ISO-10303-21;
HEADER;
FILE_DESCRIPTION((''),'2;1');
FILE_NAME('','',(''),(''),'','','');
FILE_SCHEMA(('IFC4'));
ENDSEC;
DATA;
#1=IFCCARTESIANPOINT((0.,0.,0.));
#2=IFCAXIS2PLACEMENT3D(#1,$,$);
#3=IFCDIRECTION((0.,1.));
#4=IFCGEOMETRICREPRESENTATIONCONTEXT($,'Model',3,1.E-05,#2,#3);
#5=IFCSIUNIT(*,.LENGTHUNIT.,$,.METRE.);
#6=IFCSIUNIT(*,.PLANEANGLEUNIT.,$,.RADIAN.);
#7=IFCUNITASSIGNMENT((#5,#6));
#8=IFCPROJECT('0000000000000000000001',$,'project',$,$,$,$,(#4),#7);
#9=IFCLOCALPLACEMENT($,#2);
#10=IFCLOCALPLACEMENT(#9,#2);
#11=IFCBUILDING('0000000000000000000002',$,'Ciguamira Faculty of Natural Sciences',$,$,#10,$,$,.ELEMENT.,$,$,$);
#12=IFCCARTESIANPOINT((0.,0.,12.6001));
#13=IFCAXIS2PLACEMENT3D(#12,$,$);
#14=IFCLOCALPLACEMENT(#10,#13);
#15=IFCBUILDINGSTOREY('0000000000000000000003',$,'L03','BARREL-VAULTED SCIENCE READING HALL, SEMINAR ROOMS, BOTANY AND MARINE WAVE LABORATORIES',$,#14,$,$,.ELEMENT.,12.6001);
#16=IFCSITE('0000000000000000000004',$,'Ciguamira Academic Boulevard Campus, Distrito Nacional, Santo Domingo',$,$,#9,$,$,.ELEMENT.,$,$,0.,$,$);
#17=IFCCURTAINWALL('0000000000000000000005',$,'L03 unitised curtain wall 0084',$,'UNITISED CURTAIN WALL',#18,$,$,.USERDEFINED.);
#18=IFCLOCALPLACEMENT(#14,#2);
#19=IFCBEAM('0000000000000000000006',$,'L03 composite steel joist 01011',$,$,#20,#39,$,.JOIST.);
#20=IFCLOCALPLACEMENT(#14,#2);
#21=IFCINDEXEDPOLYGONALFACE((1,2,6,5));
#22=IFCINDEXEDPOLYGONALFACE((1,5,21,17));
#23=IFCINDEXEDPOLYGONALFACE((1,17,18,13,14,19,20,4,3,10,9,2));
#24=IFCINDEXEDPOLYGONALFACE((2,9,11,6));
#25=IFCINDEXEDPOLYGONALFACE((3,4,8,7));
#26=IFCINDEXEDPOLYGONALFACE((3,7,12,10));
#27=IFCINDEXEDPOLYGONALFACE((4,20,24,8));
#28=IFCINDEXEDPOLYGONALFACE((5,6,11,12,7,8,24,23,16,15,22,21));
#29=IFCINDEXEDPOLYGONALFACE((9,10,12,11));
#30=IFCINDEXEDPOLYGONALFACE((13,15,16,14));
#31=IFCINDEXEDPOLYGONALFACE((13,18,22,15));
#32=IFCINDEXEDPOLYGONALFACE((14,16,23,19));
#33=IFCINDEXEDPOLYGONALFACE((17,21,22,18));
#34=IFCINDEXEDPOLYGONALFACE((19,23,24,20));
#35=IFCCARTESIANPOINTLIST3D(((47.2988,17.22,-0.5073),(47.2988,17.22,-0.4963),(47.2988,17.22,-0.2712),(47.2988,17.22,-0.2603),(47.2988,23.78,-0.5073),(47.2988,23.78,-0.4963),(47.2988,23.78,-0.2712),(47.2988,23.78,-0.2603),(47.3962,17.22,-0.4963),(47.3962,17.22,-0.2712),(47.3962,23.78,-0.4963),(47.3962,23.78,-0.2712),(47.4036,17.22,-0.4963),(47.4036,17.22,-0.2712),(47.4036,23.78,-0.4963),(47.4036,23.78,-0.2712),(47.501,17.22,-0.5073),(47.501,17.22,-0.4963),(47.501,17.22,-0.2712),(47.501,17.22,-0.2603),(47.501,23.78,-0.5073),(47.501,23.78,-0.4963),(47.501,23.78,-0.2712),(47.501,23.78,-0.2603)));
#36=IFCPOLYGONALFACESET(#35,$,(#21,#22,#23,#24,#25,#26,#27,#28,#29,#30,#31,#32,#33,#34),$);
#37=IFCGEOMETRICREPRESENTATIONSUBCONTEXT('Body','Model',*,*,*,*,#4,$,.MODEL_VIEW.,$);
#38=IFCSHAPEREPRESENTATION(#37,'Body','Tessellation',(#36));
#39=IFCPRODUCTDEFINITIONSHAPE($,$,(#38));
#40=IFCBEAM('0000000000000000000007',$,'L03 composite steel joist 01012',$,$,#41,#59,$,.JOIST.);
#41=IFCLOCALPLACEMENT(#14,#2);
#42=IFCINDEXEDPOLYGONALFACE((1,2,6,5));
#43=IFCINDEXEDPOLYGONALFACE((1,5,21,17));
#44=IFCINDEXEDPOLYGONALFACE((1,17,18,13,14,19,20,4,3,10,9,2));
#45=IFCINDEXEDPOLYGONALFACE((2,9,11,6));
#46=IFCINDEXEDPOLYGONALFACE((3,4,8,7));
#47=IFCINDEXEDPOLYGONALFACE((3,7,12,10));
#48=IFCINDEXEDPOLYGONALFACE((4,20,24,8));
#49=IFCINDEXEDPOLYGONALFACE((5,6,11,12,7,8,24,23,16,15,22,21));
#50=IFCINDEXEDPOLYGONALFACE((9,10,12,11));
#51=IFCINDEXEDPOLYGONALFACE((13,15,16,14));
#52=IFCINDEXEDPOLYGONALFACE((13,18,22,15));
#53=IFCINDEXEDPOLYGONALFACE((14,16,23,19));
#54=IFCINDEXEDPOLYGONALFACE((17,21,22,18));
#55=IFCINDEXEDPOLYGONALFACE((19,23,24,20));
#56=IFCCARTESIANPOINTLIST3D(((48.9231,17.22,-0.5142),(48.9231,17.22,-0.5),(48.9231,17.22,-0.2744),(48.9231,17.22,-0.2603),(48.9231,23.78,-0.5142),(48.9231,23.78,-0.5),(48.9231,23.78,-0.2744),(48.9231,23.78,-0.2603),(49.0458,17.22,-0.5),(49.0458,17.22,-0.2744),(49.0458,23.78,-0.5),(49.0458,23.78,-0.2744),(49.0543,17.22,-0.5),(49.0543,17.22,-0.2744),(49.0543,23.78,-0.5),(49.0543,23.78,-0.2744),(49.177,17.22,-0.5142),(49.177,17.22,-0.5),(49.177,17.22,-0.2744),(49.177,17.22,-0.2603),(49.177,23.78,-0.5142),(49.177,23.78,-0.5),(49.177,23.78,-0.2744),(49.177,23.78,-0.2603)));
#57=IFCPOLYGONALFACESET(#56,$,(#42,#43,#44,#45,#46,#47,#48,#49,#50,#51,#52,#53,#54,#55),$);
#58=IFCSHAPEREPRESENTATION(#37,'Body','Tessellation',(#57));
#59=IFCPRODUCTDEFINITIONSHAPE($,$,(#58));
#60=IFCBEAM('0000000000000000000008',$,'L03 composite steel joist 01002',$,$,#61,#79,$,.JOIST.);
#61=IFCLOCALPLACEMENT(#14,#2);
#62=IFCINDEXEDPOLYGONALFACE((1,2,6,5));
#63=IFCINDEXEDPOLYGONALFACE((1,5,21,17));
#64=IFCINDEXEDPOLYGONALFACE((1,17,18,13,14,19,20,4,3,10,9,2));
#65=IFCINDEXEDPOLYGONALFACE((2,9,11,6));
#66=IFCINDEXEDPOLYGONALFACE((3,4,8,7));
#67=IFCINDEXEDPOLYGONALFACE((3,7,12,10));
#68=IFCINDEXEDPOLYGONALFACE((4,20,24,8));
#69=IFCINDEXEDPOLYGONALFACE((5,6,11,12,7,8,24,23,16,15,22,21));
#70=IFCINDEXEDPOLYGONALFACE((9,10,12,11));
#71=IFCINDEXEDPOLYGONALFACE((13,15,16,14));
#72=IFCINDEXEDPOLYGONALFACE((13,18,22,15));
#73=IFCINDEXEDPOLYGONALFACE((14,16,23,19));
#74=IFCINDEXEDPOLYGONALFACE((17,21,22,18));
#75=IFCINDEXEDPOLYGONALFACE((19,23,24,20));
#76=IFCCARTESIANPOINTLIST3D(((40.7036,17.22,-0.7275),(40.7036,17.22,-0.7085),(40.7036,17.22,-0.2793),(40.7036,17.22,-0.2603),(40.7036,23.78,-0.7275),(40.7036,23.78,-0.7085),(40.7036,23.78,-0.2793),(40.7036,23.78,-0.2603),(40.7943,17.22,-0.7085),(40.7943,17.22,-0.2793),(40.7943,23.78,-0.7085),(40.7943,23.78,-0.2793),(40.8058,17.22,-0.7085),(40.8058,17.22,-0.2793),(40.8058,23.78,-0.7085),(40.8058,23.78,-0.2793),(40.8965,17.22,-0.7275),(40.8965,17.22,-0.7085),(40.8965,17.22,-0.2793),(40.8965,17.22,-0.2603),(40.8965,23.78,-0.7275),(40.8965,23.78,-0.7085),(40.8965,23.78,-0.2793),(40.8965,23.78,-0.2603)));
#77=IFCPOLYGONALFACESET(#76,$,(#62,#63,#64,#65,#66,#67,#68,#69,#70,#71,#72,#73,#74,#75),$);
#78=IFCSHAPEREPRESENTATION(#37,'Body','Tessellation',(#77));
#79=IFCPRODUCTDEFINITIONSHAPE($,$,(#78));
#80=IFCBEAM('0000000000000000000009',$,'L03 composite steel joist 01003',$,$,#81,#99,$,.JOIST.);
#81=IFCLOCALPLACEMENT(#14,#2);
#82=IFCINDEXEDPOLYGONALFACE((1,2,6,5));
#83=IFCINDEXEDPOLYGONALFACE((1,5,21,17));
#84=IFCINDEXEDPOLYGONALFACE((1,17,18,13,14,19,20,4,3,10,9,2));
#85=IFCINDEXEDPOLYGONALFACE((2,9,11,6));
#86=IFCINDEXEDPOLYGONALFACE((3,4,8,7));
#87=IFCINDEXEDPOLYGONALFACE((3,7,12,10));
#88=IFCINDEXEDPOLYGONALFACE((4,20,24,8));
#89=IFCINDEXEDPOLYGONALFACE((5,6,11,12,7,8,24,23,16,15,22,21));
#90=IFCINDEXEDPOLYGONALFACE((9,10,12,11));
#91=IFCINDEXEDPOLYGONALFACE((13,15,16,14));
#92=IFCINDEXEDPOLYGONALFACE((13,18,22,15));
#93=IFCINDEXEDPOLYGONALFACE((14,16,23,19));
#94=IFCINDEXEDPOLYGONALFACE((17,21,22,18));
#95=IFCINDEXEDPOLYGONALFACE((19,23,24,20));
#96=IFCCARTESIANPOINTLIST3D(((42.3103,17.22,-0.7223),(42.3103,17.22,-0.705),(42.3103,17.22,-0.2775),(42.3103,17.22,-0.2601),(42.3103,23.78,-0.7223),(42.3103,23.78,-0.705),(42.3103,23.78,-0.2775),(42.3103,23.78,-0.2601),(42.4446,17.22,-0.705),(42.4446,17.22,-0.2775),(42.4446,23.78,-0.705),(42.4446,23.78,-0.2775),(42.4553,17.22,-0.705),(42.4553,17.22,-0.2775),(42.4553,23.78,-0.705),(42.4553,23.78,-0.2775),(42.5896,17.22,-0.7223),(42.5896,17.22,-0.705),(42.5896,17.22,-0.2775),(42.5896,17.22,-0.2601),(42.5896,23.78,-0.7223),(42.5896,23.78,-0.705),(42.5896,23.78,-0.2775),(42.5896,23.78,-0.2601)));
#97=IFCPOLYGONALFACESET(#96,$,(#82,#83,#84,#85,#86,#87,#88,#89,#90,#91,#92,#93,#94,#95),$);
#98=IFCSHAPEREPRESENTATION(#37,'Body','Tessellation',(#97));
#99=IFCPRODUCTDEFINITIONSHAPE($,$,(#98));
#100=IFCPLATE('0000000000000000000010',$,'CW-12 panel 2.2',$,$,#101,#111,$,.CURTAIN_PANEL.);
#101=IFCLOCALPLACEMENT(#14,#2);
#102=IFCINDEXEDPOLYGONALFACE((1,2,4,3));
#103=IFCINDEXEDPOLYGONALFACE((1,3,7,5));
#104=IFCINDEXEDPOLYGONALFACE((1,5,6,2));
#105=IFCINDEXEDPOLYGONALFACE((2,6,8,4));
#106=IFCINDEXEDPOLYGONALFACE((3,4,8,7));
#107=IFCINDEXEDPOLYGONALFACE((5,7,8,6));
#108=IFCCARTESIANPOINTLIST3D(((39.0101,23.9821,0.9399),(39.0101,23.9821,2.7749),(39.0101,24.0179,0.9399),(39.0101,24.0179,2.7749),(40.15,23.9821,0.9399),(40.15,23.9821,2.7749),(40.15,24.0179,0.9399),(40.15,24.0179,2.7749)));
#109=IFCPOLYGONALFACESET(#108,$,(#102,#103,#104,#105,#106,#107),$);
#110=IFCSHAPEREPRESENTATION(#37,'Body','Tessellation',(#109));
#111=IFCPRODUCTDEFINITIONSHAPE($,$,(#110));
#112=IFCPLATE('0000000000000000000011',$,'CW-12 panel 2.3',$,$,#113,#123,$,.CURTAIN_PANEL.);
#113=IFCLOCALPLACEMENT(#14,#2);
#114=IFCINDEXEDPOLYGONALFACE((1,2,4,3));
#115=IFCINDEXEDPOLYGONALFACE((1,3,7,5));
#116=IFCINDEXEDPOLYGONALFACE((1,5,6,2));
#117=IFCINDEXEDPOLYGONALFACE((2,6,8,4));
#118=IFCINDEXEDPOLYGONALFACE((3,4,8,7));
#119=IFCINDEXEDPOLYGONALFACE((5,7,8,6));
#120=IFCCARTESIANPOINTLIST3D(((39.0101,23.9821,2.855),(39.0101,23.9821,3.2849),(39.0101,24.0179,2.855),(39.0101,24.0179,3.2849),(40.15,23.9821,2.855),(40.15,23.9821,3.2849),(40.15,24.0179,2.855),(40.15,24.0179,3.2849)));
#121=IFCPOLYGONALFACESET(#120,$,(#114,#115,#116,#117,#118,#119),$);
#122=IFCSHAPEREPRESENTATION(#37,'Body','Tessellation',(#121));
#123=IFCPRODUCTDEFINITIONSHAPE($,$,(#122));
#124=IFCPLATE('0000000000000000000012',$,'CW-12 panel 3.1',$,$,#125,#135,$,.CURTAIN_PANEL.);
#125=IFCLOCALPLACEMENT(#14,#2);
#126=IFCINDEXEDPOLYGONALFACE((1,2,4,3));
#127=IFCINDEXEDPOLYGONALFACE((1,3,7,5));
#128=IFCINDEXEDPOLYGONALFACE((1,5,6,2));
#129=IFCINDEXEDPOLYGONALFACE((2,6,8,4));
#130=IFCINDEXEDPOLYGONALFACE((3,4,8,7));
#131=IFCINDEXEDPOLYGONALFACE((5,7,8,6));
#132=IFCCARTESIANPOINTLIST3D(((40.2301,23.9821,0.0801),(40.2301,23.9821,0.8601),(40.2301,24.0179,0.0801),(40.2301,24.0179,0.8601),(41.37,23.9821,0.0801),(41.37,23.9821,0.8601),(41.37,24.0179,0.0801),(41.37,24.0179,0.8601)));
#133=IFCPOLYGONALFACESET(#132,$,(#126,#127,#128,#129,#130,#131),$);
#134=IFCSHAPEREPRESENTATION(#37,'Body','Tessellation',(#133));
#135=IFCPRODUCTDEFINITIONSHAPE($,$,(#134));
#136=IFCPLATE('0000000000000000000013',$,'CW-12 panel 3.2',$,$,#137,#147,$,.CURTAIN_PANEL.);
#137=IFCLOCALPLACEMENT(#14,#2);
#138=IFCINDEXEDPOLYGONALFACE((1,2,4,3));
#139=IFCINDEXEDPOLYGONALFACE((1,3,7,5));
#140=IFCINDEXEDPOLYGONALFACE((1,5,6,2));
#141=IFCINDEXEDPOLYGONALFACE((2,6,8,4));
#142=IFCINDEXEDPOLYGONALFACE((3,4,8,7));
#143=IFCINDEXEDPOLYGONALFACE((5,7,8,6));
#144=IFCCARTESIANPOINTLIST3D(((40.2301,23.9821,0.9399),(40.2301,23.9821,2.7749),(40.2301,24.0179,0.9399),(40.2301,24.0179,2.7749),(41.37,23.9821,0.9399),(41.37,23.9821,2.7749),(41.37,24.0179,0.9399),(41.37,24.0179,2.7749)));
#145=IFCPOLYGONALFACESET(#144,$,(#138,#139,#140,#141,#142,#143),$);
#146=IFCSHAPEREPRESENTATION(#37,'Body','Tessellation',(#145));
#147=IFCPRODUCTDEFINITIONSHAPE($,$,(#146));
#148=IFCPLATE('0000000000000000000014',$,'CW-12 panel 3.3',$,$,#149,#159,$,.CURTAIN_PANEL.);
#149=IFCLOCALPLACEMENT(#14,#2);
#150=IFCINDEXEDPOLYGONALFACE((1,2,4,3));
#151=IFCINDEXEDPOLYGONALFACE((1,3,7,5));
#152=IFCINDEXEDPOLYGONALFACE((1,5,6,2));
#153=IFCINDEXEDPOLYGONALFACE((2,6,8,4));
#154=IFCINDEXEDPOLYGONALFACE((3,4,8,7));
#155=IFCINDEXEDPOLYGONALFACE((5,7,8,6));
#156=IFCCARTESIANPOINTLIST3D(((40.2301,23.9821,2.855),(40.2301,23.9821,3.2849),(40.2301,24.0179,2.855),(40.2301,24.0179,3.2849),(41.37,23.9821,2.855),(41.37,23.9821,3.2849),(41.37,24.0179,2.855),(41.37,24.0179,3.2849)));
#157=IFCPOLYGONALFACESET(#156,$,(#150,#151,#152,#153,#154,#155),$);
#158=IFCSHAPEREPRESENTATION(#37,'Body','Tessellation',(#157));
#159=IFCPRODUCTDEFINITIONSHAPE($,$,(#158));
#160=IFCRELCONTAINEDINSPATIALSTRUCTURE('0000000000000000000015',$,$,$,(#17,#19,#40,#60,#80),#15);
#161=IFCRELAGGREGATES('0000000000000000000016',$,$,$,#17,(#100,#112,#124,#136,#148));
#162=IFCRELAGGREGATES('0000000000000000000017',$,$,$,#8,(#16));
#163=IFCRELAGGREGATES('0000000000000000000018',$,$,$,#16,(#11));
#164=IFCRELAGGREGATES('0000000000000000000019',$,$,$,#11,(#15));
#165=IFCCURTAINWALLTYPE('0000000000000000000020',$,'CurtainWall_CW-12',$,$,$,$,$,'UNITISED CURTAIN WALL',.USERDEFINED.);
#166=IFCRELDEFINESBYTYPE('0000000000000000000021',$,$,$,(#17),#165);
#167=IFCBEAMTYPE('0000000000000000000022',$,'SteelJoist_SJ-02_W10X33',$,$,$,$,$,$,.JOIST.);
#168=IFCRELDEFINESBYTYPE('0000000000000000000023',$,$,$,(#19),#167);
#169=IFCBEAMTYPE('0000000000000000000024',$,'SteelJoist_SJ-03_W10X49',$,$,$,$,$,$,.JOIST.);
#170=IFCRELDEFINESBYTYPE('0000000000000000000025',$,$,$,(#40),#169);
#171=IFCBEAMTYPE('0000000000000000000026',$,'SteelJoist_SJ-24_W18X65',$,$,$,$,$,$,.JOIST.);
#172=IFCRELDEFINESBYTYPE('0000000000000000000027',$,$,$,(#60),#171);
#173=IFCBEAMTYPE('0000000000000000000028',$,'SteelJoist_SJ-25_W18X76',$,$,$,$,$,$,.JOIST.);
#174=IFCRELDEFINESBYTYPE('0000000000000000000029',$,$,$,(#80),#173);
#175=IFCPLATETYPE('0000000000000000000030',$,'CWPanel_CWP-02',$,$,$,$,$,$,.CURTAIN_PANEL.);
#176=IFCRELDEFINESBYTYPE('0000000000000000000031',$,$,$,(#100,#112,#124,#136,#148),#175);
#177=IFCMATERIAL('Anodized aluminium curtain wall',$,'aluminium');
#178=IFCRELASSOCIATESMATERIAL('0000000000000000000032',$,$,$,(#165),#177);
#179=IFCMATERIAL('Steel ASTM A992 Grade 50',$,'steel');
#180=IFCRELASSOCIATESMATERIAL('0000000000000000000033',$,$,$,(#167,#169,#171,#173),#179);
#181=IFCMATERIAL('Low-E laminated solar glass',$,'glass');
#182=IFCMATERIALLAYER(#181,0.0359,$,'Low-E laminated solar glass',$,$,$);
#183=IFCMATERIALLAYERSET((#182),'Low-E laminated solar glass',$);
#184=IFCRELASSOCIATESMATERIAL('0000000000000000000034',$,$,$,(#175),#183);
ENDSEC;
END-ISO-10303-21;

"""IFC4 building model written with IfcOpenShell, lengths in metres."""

from ifc_helpers import new_model, si_unit, direction, frame, origin, origin_2d, place, context, subcontext, project, spatial, rectangle, i_section, extrude, material, layer, layer_set, material_profile, profile_set, type_object, element, aggregate, save


model = new_model("IFC4")

# Units and contexts
model_context = context("Model", 3, precision=1e-05, world=origin(), true_north=direction((0.0, 1.0)))
body_context = subcontext(model_context, "Body", "Model", "MODEL_VIEW")
ifc_project = project(units=[si_unit("LENGTHUNIT", "METRE"), si_unit("PLANEANGLEUNIT", "RADIAN")], contexts=[model_context])

# Site, building, storey
site_placement = place(None, origin())
site = spatial("IfcSite", under=ifc_project, at=site_placement, Name="Ciguamira Academic Boulevard Campus, Distrito Nacional, Santo Domingo", CompositionType="ELEMENT", RefElevation=0.0)
building_placement = place(site_placement, origin())
building = spatial("IfcBuilding", under=site, at=building_placement, Name="Ciguamira Faculty of Natural Sciences", CompositionType="ELEMENT")
storey_placement = place(building_placement, frame((0.0, 0.0, 12.6001)))
storey = spatial("IfcBuildingStorey", under=building, at=storey_placement, Name="L03", Description="BARREL-VAULTED SCIENCE READING HALL, SEMINAR ROOMS, BOTANY AND MARINE WAVE LABORATORIES", CompositionType="ELEMENT", Elevation=12.6001)

# Curtain wall
ifc_material_1 = material(Name="Anodized aluminium curtain wall", Category="aluminium")
curtain_wall_type = type_object("IfcCurtainWallType", Name="CurtainWall_CW-12", ElementType="UNITISED CURTAIN WALL", PredefinedType="USERDEFINED", material=ifc_material_1)
curtain_wall_placement = place(storey_placement, origin())
curtain_wall = element("IfcCurtainWall", 1, at=curtain_wall_placement, inside=storey, type_object=curtain_wall_type, Name="L03 unitised curtain wall 0084", ObjectType="UNITISED CURTAIN WALL", PredefinedType="USERDEFINED")

# Beams
ifc_material_2 = material(Name="Steel ASTM A992 Grade 50", Category="steel")
ifc_material_profile_1 = material_profile(ifc_material_2, i_section(OverallWidth=0.2021, OverallDepth=0.2471, WebThickness=0.0073, FlangeThickness=0.011, at=origin_2d()), Name="W10X33")
ifc_profile_set_1 = profile_set([ifc_material_profile_1], Name="Steel ASTM A992 Grade 50")
beam_type_1 = type_object("IfcBeamType", Name="SteelJoist_SJ-02_W10X33", PredefinedType="JOIST", material=ifc_profile_set_1)
beam_1_placement = place(storey_placement, frame((47.3999, 17.22, -0.3838), z_axis=(0.0, 1.0, 0.0), x_axis=(-1.0, 0.0, 0.0)))
element("IfcBeam", 2, at=beam_1_placement, inside=storey, type_object=beam_type_1, Name="L03 composite steel joist 01011", PredefinedType="JOIST", context=body_context, shape_type="SweptSolid", body=[
    extrude(i_section(OverallWidth=0.2021, OverallDepth=0.2471, WebThickness=0.0073, FlangeThickness=0.011, at=origin_2d()), origin(), (0.0, 0.0, 1.0), 6.5601),
])
ifc_material_profile_2 = material_profile(ifc_material_2, i_section(OverallWidth=0.2539, OverallDepth=0.2539, WebThickness=0.0085, FlangeThickness=0.0142, at=origin_2d()), Name="W10X49")
ifc_profile_set_2 = profile_set([ifc_material_profile_2], Name="Steel ASTM A992 Grade 50")
beam_type_2 = type_object("IfcBeamType", Name="SteelJoist_SJ-03_W10X49", PredefinedType="JOIST", material=ifc_profile_set_2)
beam_2_placement = place(storey_placement, frame((49.05, 17.22, -0.3872), z_axis=(0.0, 1.0, 0.0), x_axis=(-1.0, 0.0, 0.0)))
element("IfcBeam", 3, at=beam_2_placement, inside=storey, type_object=beam_type_2, Name="L03 composite steel joist 01012", PredefinedType="JOIST", context=body_context, shape_type="SweptSolid", body=[
    extrude(i_section(OverallWidth=0.2539, OverallDepth=0.2539, WebThickness=0.0085, FlangeThickness=0.0142, at=origin_2d()), origin(), (0.0, 0.0, 1.0), 6.5601),
])
ifc_material_profile_3 = material_profile(ifc_material_2, i_section(OverallWidth=0.1929, OverallDepth=0.4673, WebThickness=0.0115, FlangeThickness=0.019, at=origin_2d()), Name="W18X65")
ifc_profile_set_3 = profile_set([ifc_material_profile_3], Name="Steel ASTM A992 Grade 50")
beam_type_3 = type_object("IfcBeamType", Name="SteelJoist_SJ-24_W18X65", PredefinedType="JOIST", material=ifc_profile_set_3)
beam_3_placement = place(storey_placement, frame((40.8, 17.22, -0.4939), z_axis=(0.0, 1.0, 0.0), x_axis=(-1.0, 0.0, 0.0)))
element("IfcBeam", 4, at=beam_3_placement, inside=storey, type_object=beam_type_3, Name="L03 composite steel joist 01002", PredefinedType="JOIST", context=body_context, shape_type="SweptSolid", body=[
    extrude(i_section(OverallWidth=0.1929, OverallDepth=0.4673, WebThickness=0.0115, FlangeThickness=0.019, at=origin_2d()), origin(), (0.0, 0.0, 1.0), 6.5601),
])
ifc_material_profile_4 = material_profile(ifc_material_2, i_section(OverallWidth=0.2793, OverallDepth=0.4622, WebThickness=0.0107, FlangeThickness=0.0173, at=origin_2d()), Name="W18X76")
ifc_profile_set_4 = profile_set([ifc_material_profile_4], Name="Steel ASTM A992 Grade 50")
beam_type_4 = type_object("IfcBeamType", Name="SteelJoist_SJ-25_W18X76", PredefinedType="JOIST", material=ifc_profile_set_4)
beam_4_placement = place(storey_placement, frame((42.45, 17.22, -0.4912), z_axis=(0.0, 1.0, 0.0), x_axis=(-1.0, 0.0, 0.0)))
element("IfcBeam", 5, at=beam_4_placement, inside=storey, type_object=beam_type_4, Name="L03 composite steel joist 01003", PredefinedType="JOIST", context=body_context, shape_type="SweptSolid", body=[
    extrude(i_section(OverallWidth=0.2793, OverallDepth=0.4622, WebThickness=0.0107, FlangeThickness=0.0173, at=origin_2d()), origin(), (0.0, 0.0, 1.0), 6.5601),
])

# Plates
ifc_material_3 = material(Name="Low-E laminated solar glass", Category="glass")
ifc_layer = layer(ifc_material_3, 0.0359, Name="Low-E laminated solar glass")
ifc_layer_set = layer_set([ifc_layer], Name="Low-E laminated solar glass")
plate_type = type_object("IfcPlateType", Name="CWPanel_CWP-02", PredefinedType="CURTAIN_PANEL", material=ifc_layer_set)
plate_1_placement = place(storey_placement, frame((39.5801, 24.0, 0.9399), z_axis=(0.0, 0.0, 1.0), x_axis=(1.0, 0.0, 0.0)))
plate_1 = element("IfcPlate", 6, at=plate_1_placement, type_object=plate_type, Name="CW-12 panel 2.2", PredefinedType="CURTAIN_PANEL", context=body_context, shape_type="SweptSolid", body=[
    extrude(rectangle(XDim=1.1399, YDim=0.0359, at=origin_2d()), origin(), (0.0, 0.0, 1.0), 1.835),
])
plate_2_placement = place(storey_placement, frame((39.5801, 24.0, 2.855), z_axis=(0.0, 0.0, 1.0), x_axis=(1.0, 0.0, 0.0)))
plate_2 = element("IfcPlate", 7, at=plate_2_placement, type_object=plate_type, Name="CW-12 panel 2.3", PredefinedType="CURTAIN_PANEL", context=body_context, shape_type="SweptSolid", body=[
    extrude(rectangle(XDim=1.1399, YDim=0.0359, at=origin_2d()), origin(), (0.0, 0.0, 1.0), 0.4299),
])
plate_3_placement = place(storey_placement, frame((40.8, 24.0, 0.0801), z_axis=(0.0, 0.0, 1.0), x_axis=(1.0, 0.0, 0.0)))
plate_3 = element("IfcPlate", 8, at=plate_3_placement, type_object=plate_type, Name="CW-12 panel 3.1", PredefinedType="CURTAIN_PANEL", context=body_context, shape_type="SweptSolid", body=[
    extrude(rectangle(XDim=1.1399, YDim=0.0359, at=origin_2d()), origin(), (0.0, 0.0, 1.0), 0.78),
])
plate_4_placement = place(storey_placement, frame((40.8, 24.0, 0.9399), z_axis=(0.0, 0.0, 1.0), x_axis=(1.0, 0.0, 0.0)))
plate_4 = element("IfcPlate", 9, at=plate_4_placement, type_object=plate_type, Name="CW-12 panel 3.2", PredefinedType="CURTAIN_PANEL", context=body_context, shape_type="SweptSolid", body=[
    extrude(rectangle(XDim=1.1399, YDim=0.0359, at=origin_2d()), origin(), (0.0, 0.0, 1.0), 1.835),
])
plate_5_placement = place(storey_placement, frame((40.8, 24.0, 2.855), z_axis=(0.0, 0.0, 1.0), x_axis=(1.0, 0.0, 0.0)))
plate_5 = element("IfcPlate", 10, at=plate_5_placement, type_object=plate_type, Name="CW-12 panel 3.3", PredefinedType="CURTAIN_PANEL", context=body_context, shape_type="SweptSolid", body=[
    extrude(rectangle(XDim=1.1399, YDim=0.0359, at=origin_2d()), origin(), (0.0, 0.0, 1.0), 0.4299),
])
aggregate(curtain_wall, [plate_1, plate_2, plate_3, plate_4, plate_5])

save(model, "model.ifc")
